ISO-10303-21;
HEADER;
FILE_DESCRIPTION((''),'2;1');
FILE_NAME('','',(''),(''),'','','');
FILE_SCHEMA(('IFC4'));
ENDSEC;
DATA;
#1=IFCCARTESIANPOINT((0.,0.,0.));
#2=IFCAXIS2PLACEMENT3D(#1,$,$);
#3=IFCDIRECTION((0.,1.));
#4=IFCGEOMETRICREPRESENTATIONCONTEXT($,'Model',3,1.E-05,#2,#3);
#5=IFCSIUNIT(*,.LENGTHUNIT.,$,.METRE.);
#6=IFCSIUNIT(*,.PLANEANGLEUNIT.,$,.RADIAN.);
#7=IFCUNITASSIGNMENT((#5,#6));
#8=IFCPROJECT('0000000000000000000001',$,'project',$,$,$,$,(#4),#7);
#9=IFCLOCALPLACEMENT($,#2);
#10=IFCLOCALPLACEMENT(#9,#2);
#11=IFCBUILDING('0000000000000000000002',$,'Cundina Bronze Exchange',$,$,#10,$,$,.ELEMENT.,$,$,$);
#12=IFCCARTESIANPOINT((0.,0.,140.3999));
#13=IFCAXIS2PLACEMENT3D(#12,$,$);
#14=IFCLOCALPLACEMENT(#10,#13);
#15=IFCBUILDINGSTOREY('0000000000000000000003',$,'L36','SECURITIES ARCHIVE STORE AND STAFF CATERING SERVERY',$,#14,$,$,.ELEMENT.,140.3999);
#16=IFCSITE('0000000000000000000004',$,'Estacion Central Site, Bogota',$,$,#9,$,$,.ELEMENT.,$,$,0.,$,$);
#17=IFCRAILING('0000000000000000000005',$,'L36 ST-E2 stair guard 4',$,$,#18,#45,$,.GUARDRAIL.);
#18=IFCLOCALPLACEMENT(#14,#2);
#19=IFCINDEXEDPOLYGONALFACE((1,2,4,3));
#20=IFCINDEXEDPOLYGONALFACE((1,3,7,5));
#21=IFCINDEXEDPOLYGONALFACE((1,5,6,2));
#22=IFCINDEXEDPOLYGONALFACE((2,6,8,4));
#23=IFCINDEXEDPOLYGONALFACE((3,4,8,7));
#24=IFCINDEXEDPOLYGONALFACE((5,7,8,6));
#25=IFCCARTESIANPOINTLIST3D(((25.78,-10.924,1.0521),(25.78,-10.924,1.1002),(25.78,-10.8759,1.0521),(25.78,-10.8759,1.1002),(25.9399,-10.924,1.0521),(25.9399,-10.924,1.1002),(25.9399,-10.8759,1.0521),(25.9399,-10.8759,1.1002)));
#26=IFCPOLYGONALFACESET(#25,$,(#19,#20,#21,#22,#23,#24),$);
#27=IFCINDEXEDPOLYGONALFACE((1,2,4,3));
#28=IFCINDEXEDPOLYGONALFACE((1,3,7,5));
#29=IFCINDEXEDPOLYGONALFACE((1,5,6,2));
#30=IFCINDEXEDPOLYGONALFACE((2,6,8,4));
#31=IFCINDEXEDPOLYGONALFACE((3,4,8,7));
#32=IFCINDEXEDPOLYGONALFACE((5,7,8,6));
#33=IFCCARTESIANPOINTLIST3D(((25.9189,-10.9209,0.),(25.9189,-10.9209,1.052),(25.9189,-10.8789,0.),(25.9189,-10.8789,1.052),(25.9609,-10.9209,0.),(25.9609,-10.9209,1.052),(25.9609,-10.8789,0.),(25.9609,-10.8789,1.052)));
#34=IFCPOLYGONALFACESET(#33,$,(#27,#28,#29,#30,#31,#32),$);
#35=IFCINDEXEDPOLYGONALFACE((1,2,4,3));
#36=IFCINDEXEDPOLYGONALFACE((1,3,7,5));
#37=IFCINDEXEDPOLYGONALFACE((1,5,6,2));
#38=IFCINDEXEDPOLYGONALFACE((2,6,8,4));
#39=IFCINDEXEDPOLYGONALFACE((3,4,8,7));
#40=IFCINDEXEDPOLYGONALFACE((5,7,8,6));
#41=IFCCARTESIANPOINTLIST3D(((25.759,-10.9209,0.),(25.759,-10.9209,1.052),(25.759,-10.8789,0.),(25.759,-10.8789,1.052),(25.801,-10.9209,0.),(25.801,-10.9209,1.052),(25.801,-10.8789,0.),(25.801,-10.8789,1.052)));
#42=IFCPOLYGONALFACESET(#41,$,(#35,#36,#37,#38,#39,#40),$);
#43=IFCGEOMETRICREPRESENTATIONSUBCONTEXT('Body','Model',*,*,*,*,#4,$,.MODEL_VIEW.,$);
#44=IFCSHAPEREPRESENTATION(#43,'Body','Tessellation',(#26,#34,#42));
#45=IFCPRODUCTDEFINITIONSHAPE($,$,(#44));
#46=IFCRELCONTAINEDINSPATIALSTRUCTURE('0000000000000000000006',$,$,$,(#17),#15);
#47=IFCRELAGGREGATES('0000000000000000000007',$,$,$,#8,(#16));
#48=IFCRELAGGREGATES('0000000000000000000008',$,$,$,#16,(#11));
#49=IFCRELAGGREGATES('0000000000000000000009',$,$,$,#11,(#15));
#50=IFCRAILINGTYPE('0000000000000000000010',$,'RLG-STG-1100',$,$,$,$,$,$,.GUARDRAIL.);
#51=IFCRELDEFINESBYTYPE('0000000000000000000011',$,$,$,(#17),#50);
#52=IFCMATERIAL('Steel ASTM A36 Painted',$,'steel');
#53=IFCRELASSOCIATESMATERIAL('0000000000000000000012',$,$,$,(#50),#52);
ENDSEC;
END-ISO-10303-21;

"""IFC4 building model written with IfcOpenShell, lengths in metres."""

from ifc_helpers import new_model, si_unit, direction, frame, origin, origin_2d, place, context, subcontext, project, spatial, rectangle, extrude, material, type_object, element, save


model = new_model("IFC4")

# Units and contexts
model_context = context("Model", 3, precision=1e-05, world=origin(), true_north=direction((0.0, 1.0)))
body_context = subcontext(model_context, "Body", "Model", "MODEL_VIEW")
ifc_project = project(units=[si_unit("LENGTHUNIT", "METRE"), si_unit("PLANEANGLEUNIT", "RADIAN")], contexts=[model_context])

# Site, building, storey
site_placement = place(None, origin())
site = spatial("IfcSite", under=ifc_project, at=site_placement, Name="Estacion Central Site, Bogota", CompositionType="ELEMENT", RefElevation=0.0)
building_placement = place(site_placement, origin())
building = spatial("IfcBuilding", under=site, at=building_placement, Name="Cundina Bronze Exchange", CompositionType="ELEMENT")
storey_placement = place(building_placement, frame((0.0, 0.0, 140.3999)))
storey = spatial("IfcBuildingStorey", under=building, at=storey_placement, Name="L36", Description="SECURITIES ARCHIVE STORE AND STAFF CATERING SERVERY", CompositionType="ELEMENT", Elevation=140.3999)

# Shared definitions
ifc_material_1 = material(Name="Steel ASTM A36 Painted", Category="steel")

# Railing
railing_type_1 = type_object("IfcRailingType", Name="RLG-STG-1100", PredefinedType="GUARDRAIL", material=ifc_material_1)
railing_1_placement = place(storey_placement, frame((25.9399, -10.8999, 0.0)))
element("IfcRailing", 1, at=railing_1_placement, inside=storey, type_object=railing_type_1, Name="L36 ST-E2 stair guard 4", PredefinedType="GUARDRAIL", context=body_context, shape_type="SweptSolid", body=[
    extrude(rectangle(XDim=0.0481, YDim=0.0481, at=origin_2d()), frame((0.0, 0.0, 1.0762), z_axis=(-1.0, 0.0, 0.0), x_axis=(0.0, -1.0, 0.0)), (0.0, 0.0, 1.0), 0.1599),
    extrude(rectangle(XDim=0.042, YDim=0.042, at=origin_2d()), origin(), (0.0, 0.0, 1.0), 1.052),
    extrude(rectangle(XDim=0.042, YDim=0.042, at=origin_2d()), frame((-0.1599, 0.0, 0.0)), (0.0, 0.0, 1.0), 1.052),
])

save(model, "model.ifc")
